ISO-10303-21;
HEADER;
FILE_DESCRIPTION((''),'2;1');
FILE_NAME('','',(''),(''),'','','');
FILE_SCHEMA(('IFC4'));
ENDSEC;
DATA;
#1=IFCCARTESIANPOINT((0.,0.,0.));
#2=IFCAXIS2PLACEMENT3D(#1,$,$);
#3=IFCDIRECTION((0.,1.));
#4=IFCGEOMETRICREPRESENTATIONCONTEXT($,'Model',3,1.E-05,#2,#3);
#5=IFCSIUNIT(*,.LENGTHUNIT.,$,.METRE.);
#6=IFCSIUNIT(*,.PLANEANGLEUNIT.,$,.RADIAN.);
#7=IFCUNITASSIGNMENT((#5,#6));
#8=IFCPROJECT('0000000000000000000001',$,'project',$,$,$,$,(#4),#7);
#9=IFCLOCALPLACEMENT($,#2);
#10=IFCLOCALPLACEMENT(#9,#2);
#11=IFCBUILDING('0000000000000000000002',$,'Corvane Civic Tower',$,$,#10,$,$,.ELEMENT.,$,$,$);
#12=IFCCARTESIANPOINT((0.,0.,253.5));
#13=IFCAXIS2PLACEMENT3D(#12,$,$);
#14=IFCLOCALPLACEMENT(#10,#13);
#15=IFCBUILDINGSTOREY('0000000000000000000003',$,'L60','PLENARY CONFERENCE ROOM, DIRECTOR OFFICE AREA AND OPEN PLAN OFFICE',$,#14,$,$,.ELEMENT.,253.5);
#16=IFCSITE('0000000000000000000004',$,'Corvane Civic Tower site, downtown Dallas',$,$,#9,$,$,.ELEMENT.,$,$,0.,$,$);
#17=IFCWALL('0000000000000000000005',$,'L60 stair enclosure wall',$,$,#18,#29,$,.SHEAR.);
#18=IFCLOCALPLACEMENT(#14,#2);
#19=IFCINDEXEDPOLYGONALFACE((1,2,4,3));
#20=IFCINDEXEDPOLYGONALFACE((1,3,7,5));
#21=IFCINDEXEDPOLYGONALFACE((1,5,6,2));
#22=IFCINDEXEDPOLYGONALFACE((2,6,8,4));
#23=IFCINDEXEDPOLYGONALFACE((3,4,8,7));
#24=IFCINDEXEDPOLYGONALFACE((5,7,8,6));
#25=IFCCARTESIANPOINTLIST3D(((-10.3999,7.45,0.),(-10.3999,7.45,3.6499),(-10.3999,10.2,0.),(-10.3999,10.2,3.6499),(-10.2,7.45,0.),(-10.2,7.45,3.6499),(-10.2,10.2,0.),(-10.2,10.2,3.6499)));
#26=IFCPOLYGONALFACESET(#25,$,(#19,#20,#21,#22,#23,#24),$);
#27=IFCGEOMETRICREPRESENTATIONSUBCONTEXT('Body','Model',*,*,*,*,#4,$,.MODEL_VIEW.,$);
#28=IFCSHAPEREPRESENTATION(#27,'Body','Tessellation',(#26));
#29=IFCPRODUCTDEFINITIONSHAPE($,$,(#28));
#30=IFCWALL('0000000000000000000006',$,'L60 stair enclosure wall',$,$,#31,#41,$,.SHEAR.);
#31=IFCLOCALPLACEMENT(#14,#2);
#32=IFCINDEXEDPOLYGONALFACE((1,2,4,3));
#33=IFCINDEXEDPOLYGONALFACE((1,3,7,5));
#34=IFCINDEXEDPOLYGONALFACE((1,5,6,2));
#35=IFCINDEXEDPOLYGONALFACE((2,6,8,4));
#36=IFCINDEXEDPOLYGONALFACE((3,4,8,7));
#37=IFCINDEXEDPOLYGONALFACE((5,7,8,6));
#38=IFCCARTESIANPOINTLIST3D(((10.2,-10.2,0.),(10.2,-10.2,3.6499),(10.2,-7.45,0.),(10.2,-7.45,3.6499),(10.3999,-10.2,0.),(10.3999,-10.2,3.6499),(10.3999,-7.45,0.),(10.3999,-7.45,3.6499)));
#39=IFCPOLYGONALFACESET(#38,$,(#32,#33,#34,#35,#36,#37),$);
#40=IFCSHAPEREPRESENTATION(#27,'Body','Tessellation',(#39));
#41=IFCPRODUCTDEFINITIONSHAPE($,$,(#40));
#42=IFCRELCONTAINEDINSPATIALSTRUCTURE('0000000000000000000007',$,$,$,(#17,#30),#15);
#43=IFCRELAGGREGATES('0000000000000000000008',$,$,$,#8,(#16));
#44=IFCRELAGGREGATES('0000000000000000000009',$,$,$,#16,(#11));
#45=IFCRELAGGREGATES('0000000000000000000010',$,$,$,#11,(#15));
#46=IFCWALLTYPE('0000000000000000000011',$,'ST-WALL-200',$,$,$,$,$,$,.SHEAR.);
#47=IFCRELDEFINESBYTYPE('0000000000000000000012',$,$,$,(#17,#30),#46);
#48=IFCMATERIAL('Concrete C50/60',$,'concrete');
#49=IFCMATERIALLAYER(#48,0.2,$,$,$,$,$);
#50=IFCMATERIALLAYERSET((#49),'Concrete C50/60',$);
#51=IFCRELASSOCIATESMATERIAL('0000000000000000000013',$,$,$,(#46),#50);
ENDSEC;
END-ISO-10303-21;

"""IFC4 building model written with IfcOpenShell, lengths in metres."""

from ifc_helpers import new_model, si_unit, direction, frame, origin, place, context, subcontext, project, spatial, polyline, outline, extrude, material, layer, layer_set, type_object, element, save


model = new_model("IFC4")

# Units and contexts
model_context = context("Model", 3, precision=1e-05, world=origin(), true_north=direction((0.0, 1.0)))
body_context = subcontext(model_context, "Body", "Model", "MODEL_VIEW")
ifc_project = project(units=[si_unit("LENGTHUNIT", "METRE"), si_unit("PLANEANGLEUNIT", "RADIAN")], contexts=[model_context])

# Site, building, storey
site_placement = place(None, origin())
site = spatial("IfcSite", under=ifc_project, at=site_placement, Name="Corvane Civic Tower site, downtown Dallas", CompositionType="ELEMENT", RefElevation=0.0)
building_placement = place(site_placement, origin())
building = spatial("IfcBuilding", under=site, at=building_placement, Name="Corvane Civic Tower", CompositionType="ELEMENT")
storey_placement = place(building_placement, frame((0.0, 0.0, 253.5)))
storey = spatial("IfcBuildingStorey", under=building, at=storey_placement, Name="L60", Description="PLENARY CONFERENCE ROOM, DIRECTOR OFFICE AREA AND OPEN PLAN OFFICE", CompositionType="ELEMENT", Elevation=253.5)

# Walls
ifc_material_1 = material(Name="Concrete C50/60", Category="concrete")
ifc_layer_1 = layer(ifc_material_1, 0.2)
ifc_layer_set_1 = layer_set([ifc_layer_1], Name="Concrete C50/60")
wall_type_1 = type_object("IfcWallType", Name="ST-WALL-200", PredefinedType="SHEAR", material=ifc_layer_set_1)
wall_1_placement = place(storey_placement, origin())
element("IfcWall", 1, at=wall_1_placement, inside=storey, type_object=wall_type_1, Name="L60 stair enclosure wall", PredefinedType="SHEAR", context=body_context, shape_type="SweptSolid", body=[
    extrude(outline(polyline([(-10.2, 7.45), (-10.3999, 7.45), (-10.3999, 10.2), (-10.2, 10.2), (-10.2, 7.45)])), origin(), (0.0, 0.0, 1.0), 3.6499),
])
wall_2_placement = place(storey_placement, origin())
element("IfcWall", 2, at=wall_2_placement, inside=storey, type_object=wall_type_1, Name="L60 stair enclosure wall", PredefinedType="SHEAR", context=body_context, shape_type="SweptSolid", body=[
    extrude(outline(polyline([(10.3999, -7.45), (10.3999, -10.2), (10.2, -10.2), (10.2, -7.45), (10.3999, -7.45)])), origin(), (0.0, 0.0, 1.0), 3.6499),
])

save(model, "model.ifc")
